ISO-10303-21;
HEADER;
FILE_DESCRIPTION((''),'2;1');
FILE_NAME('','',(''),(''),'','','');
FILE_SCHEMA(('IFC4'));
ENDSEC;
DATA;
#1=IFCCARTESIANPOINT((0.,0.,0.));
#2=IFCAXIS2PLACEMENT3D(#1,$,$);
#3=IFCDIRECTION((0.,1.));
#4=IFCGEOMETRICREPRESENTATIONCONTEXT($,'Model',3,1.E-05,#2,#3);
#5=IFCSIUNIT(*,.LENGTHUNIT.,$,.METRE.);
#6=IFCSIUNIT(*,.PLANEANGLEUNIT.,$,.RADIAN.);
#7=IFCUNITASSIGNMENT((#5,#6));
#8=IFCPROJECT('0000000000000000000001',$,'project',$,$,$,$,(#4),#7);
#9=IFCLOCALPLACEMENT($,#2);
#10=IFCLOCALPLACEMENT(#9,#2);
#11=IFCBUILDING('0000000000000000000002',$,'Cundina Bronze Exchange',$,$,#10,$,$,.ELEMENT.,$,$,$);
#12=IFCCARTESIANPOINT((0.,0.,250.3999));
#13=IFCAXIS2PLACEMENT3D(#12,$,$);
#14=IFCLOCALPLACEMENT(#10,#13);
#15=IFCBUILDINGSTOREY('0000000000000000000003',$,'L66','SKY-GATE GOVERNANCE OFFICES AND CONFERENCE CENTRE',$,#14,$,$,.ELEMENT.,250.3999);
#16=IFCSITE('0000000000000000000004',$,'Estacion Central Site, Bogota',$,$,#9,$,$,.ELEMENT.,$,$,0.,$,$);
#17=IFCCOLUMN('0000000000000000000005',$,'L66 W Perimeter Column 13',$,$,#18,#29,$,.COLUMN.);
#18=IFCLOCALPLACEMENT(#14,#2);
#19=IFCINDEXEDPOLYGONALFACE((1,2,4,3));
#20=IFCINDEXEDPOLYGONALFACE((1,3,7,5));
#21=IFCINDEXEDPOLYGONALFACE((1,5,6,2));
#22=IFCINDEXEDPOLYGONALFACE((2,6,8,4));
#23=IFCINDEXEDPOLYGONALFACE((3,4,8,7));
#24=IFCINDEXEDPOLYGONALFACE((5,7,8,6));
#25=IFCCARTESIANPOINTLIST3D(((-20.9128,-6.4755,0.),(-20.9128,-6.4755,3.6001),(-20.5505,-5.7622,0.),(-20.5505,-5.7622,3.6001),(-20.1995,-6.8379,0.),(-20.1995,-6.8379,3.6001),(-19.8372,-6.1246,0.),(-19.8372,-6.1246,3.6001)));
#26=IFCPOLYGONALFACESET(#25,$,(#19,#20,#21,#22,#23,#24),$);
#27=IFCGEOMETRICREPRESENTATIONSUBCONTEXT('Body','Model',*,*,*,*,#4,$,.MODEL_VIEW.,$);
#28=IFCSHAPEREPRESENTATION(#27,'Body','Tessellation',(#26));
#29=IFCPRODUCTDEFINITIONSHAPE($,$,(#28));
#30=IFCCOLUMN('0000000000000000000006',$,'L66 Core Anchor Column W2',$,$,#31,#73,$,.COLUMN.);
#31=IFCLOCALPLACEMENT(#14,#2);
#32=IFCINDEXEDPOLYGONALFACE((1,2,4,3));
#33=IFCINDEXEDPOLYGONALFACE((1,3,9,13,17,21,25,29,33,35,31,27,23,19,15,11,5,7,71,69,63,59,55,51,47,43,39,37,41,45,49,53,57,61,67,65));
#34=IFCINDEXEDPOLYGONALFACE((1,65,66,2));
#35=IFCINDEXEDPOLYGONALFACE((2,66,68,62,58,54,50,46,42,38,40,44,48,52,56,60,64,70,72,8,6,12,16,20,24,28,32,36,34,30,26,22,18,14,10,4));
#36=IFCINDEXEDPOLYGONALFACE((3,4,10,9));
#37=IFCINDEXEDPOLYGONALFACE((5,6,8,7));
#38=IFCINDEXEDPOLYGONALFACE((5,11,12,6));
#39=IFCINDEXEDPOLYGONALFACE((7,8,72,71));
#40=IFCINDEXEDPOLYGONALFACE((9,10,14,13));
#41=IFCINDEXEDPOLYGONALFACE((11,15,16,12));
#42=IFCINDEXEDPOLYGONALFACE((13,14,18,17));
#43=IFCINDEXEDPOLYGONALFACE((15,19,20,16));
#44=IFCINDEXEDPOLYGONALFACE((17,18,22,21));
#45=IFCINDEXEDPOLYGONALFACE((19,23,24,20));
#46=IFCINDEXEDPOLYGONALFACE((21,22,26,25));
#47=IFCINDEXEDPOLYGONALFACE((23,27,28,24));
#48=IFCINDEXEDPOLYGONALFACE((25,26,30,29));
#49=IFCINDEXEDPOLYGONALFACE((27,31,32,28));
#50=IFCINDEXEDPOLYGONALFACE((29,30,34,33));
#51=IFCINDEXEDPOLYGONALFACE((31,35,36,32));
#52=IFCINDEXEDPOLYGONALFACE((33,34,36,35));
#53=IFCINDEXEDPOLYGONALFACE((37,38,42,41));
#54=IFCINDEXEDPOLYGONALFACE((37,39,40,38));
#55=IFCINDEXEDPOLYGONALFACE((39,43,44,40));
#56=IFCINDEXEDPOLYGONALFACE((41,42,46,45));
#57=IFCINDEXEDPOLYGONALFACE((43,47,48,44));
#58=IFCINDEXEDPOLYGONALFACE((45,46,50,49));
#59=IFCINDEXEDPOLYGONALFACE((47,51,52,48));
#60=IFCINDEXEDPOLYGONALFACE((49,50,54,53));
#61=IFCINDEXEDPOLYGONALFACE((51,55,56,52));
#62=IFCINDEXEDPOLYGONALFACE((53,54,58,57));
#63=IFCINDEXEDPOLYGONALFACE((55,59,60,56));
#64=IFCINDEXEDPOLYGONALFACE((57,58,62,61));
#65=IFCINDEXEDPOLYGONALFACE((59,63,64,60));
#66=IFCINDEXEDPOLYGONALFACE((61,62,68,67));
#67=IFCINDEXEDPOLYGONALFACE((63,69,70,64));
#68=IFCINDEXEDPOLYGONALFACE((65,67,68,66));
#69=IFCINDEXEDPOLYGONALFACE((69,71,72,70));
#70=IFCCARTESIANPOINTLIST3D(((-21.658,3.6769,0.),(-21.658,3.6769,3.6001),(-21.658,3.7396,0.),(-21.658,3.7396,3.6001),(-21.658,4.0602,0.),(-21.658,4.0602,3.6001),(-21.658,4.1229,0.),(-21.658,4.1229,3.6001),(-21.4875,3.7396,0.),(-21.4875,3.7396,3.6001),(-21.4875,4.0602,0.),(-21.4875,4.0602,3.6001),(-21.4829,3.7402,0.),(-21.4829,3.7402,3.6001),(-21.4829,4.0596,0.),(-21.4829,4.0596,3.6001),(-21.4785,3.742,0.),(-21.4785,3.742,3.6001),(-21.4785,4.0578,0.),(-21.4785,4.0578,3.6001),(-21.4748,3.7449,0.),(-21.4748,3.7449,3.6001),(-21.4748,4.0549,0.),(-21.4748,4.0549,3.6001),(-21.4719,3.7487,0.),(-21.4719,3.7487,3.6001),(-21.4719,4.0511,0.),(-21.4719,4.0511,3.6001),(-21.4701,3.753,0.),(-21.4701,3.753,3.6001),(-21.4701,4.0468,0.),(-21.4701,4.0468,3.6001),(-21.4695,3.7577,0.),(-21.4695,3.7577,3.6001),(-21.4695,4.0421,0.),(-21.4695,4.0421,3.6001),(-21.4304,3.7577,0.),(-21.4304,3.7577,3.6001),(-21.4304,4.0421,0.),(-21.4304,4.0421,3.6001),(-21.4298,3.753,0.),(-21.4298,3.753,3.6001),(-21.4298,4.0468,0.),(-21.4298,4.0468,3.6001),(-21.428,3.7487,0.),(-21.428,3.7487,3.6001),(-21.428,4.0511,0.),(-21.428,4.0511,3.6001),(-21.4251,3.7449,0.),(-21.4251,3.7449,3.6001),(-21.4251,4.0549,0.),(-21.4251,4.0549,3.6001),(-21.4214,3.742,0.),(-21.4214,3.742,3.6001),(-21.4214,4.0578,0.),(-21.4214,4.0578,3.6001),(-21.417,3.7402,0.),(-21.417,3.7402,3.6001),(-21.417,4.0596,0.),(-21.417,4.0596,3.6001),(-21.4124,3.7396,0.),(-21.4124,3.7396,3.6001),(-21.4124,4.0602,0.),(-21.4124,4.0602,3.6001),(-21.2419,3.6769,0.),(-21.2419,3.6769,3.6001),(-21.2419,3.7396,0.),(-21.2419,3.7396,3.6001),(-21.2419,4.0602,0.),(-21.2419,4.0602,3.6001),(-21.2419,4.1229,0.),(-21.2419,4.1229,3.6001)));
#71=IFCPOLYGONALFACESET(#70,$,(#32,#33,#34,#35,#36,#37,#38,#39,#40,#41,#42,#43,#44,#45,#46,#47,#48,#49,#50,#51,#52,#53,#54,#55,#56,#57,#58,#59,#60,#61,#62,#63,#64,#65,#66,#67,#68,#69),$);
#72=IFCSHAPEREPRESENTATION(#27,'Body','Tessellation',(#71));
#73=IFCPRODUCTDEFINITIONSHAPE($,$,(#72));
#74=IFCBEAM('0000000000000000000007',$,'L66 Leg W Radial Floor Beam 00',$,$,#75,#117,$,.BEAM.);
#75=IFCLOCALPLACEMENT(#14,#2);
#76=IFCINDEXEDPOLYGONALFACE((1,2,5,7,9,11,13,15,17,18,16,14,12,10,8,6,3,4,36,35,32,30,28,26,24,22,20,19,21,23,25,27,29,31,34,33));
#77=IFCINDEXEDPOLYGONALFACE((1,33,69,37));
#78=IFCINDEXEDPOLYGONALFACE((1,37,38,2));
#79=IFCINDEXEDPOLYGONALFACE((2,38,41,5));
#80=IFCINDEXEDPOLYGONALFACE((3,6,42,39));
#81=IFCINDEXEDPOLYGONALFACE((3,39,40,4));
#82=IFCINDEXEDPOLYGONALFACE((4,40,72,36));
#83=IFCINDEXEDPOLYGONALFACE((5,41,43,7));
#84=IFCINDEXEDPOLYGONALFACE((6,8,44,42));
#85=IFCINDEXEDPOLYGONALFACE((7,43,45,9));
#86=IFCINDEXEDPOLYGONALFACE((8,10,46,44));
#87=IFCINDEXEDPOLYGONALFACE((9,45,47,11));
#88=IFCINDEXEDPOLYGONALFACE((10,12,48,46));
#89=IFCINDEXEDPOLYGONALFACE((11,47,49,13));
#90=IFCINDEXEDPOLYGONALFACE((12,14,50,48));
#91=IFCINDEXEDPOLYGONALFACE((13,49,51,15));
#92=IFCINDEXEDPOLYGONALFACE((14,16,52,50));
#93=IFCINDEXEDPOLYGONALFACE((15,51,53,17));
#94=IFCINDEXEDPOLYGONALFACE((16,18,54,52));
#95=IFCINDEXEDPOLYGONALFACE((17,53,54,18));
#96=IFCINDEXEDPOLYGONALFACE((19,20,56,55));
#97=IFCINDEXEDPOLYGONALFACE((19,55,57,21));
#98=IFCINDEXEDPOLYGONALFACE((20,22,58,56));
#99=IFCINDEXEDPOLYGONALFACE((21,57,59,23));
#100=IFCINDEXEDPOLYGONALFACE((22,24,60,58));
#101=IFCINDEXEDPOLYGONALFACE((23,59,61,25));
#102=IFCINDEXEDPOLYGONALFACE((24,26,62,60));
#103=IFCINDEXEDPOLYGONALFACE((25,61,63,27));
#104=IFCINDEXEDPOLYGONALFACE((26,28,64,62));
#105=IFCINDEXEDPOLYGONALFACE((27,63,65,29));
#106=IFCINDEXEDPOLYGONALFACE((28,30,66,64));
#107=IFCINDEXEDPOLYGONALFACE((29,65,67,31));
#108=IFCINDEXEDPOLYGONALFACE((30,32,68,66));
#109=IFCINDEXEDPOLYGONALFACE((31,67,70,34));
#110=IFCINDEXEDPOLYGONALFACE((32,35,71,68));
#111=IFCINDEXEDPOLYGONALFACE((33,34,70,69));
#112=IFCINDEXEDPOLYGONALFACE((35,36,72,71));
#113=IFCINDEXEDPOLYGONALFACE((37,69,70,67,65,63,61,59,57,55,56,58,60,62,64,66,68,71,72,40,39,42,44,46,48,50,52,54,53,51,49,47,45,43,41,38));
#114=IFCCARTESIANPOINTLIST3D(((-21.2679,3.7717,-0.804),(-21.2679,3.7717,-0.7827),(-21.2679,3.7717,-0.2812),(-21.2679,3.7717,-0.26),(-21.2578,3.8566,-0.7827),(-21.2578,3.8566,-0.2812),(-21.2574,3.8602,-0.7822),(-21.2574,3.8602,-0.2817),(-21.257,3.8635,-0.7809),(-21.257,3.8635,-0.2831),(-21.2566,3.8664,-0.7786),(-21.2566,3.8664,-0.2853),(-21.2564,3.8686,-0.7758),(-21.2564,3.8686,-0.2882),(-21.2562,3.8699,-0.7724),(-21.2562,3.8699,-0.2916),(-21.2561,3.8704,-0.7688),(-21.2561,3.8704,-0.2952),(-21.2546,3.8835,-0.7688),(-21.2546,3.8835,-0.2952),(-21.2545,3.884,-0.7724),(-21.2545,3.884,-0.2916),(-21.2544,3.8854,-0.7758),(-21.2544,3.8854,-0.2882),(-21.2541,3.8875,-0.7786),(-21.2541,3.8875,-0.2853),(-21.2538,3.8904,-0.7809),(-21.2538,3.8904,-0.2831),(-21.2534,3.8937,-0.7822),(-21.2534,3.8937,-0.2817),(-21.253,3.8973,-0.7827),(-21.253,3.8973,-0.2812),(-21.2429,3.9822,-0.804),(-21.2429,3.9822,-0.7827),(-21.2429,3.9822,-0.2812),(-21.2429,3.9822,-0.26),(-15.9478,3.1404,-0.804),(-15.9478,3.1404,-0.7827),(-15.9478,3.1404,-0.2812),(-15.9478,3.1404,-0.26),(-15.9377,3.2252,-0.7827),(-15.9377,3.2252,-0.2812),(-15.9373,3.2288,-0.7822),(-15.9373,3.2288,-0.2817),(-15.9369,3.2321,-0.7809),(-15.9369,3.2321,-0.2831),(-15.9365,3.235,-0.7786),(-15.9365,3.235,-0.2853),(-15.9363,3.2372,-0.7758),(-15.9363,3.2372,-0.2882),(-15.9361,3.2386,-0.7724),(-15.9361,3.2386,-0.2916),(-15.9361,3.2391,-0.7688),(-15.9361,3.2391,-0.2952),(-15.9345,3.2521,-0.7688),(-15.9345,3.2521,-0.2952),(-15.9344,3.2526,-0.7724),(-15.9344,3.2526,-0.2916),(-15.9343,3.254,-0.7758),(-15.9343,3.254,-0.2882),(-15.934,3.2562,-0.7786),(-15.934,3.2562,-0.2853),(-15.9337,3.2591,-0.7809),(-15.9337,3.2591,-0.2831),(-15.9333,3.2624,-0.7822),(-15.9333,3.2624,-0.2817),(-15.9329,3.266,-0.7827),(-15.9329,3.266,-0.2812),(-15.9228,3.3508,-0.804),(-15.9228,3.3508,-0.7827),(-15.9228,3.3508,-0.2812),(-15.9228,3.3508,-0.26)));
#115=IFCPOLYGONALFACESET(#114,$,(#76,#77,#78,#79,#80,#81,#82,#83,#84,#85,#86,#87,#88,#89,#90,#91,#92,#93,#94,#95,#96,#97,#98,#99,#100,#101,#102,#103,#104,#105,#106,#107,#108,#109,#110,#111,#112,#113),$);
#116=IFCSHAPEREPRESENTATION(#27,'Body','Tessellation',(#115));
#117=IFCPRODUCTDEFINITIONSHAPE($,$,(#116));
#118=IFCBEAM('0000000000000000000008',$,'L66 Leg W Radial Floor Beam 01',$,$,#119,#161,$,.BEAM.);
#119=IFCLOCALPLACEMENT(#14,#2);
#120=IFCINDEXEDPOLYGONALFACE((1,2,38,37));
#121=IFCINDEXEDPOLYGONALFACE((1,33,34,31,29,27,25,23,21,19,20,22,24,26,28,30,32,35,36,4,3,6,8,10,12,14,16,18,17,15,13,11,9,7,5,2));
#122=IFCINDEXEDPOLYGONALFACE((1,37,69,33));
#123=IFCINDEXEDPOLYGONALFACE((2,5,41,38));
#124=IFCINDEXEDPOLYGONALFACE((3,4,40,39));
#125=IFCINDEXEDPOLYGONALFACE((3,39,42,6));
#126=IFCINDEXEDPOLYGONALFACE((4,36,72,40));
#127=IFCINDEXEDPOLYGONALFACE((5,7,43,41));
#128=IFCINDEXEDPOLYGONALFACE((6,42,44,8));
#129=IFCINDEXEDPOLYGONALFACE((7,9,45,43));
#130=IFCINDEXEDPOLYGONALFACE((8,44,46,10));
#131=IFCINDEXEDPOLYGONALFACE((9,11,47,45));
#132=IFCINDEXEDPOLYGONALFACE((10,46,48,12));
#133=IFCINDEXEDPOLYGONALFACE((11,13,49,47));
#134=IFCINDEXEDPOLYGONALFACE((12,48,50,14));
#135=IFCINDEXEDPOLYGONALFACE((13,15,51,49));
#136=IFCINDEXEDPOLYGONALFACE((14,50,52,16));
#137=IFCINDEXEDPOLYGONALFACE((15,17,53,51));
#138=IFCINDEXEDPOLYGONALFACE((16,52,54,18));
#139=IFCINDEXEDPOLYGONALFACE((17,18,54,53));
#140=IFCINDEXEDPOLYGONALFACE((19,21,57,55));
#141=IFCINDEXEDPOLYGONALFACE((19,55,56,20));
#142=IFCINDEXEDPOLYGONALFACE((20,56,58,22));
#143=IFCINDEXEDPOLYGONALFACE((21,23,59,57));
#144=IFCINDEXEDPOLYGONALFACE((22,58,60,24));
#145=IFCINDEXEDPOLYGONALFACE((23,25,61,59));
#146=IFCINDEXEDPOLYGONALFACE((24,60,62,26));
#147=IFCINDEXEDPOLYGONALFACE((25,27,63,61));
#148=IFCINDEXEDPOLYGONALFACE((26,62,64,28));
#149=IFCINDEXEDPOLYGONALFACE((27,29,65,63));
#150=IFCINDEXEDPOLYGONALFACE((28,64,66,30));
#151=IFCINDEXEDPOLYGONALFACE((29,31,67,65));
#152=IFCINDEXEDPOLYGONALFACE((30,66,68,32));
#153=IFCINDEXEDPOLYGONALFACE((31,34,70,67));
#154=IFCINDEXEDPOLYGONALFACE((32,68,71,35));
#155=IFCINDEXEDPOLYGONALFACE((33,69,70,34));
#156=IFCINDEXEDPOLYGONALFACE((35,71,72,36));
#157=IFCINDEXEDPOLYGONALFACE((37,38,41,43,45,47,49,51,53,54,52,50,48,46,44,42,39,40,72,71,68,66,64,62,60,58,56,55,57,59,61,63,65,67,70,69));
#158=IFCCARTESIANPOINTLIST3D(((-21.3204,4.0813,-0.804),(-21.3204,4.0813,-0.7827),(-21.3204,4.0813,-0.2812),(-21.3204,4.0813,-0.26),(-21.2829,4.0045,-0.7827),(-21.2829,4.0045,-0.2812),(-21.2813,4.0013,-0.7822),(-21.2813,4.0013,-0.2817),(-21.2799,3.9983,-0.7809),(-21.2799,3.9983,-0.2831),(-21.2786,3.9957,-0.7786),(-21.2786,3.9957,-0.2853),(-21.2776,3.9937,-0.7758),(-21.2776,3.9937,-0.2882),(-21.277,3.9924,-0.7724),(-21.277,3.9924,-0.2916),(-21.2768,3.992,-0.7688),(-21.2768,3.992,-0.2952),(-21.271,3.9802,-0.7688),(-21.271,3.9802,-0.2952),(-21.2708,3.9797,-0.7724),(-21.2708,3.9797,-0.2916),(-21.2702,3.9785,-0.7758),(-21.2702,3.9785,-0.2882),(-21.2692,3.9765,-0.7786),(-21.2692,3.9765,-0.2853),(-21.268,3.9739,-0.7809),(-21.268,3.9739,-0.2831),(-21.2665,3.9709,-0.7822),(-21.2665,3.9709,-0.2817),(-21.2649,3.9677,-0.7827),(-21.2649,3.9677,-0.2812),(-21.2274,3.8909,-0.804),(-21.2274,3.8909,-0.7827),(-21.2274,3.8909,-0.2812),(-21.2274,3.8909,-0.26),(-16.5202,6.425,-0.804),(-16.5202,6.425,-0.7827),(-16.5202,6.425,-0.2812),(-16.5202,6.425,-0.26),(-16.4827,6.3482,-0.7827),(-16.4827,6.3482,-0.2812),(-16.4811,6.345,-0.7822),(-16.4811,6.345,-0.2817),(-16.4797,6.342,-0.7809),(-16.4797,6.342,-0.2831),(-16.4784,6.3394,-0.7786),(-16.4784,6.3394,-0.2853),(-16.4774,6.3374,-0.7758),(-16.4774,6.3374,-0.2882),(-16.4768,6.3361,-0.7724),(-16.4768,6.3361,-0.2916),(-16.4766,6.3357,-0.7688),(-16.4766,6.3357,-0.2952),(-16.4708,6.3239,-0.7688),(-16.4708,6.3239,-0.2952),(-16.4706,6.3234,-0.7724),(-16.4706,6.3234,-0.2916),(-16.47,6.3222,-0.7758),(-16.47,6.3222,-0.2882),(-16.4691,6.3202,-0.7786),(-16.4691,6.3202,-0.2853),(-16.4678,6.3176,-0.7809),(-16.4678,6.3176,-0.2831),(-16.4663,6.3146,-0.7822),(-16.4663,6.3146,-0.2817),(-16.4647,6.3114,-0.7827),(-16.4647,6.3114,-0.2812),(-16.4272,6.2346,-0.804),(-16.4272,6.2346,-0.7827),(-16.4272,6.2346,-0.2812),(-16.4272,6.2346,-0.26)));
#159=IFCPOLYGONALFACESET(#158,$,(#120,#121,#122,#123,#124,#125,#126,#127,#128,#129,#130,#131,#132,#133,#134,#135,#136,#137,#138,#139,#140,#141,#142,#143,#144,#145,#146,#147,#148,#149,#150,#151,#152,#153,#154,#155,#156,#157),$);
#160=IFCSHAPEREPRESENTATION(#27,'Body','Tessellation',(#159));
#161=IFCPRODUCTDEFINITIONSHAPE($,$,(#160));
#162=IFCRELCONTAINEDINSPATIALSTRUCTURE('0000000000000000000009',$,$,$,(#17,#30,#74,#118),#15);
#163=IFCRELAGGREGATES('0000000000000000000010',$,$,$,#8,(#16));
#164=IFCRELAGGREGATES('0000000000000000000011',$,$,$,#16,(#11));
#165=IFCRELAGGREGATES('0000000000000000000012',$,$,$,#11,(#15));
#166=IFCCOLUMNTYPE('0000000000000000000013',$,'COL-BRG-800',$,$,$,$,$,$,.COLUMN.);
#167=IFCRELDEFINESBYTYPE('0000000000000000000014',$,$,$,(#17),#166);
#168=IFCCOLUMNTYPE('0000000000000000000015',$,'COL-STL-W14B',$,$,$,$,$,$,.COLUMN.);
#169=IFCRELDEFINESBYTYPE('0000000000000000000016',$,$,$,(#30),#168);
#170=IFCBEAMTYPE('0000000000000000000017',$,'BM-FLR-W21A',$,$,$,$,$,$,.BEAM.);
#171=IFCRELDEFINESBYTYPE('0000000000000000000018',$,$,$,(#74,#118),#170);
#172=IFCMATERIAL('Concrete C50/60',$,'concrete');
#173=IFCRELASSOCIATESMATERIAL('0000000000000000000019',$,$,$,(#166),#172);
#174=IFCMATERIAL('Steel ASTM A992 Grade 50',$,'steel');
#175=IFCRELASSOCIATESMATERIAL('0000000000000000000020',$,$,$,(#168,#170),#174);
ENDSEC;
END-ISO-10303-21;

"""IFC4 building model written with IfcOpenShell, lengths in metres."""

from ifc_helpers import new_model, si_unit, direction, frame, origin, origin_2d, place, context, subcontext, project, spatial, rectangle, i_section, extrude, material, material_profile, profile_set, type_object, element, save


model = new_model("IFC4")

# Units and contexts
model_context = context("Model", 3, precision=1e-05, world=origin(), true_north=direction((0.0, 1.0)))
body_context = subcontext(model_context, "Body", "Model", "MODEL_VIEW")
ifc_project = project(units=[si_unit("LENGTHUNIT", "METRE"), si_unit("PLANEANGLEUNIT", "RADIAN")], contexts=[model_context])

# Site, building, storey
site_placement = place(None, origin())
site = spatial("IfcSite", under=ifc_project, at=site_placement, Name="Estacion Central Site, Bogota", CompositionType="ELEMENT", RefElevation=0.0)
building_placement = place(site_placement, origin())
building = spatial("IfcBuilding", under=site, at=building_placement, Name="Cundina Bronze Exchange", CompositionType="ELEMENT")
storey_placement = place(building_placement, frame((0.0, 0.0, 250.3999)))
storey = spatial("IfcBuildingStorey", under=building, at=storey_placement, Name="L66", Description="SKY-GATE GOVERNANCE OFFICES AND CONFERENCE CENTRE", CompositionType="ELEMENT", Elevation=250.3999)

# Columns
ifc_material_1 = material(Name="Concrete C50/60", Category="concrete")
ifc_material_profile_1 = material_profile(ifc_material_1, rectangle(XDim=0.8, YDim=0.8, at=origin_2d()), Name="RC800X800", Category="concrete")
ifc_profile_set_1 = profile_set([ifc_material_profile_1], Name="Concrete C50/60")
column_type_1 = type_object("IfcColumnType", Name="COL-BRG-800", PredefinedType="COLUMN", material=ifc_profile_set_1)
column_1_placement = place(storey_placement, frame((-20.375, -6.3, 0.0), z_axis=(0.0, 0.0, 1.0), x_axis=(0.452902, 0.891561, 0.0)))
element("IfcColumn", 1, at=column_1_placement, inside=storey, type_object=column_type_1, Name="L66 W Perimeter Column 13", PredefinedType="COLUMN", context=body_context, shape_type="SweptSolid", body=[
    extrude(rectangle(XDim=0.8, YDim=0.8, at=origin_2d()), origin(), (0.0, 0.0, 1.0), 3.6001),
])
ifc_material_2 = material(Name="Steel ASTM A992 Grade 50", Category="steel")
ifc_material_profile_2 = material_profile(ifc_material_2, i_section(OverallWidth=0.416, OverallDepth=0.446, WebThickness=0.0391, FlangeThickness=0.0627, FilletRadius=0.0181, at=origin_2d()), Name="W14X342", Category="steel")
ifc_profile_set_2 = profile_set([ifc_material_profile_2], Name="Steel ASTM A992 Grade 50")
column_type_2 = type_object("IfcColumnType", Name="COL-STL-W14B", PredefinedType="COLUMN", material=ifc_profile_set_2)
column_2_placement = place(storey_placement, frame((-21.45, 3.8999, 0.0), z_axis=(0.0, 0.0, 1.0), x_axis=(1.0, 0.0, 0.0)))
element("IfcColumn", 2, at=column_2_placement, inside=storey, type_object=column_type_2, Name="L66 Core Anchor Column W2", PredefinedType="COLUMN", context=body_context, shape_type="SweptSolid", body=[
    extrude(i_section(OverallWidth=0.416, OverallDepth=0.446, WebThickness=0.0391, FlangeThickness=0.0627, FilletRadius=0.0181, at=origin_2d()), origin(), (0.0, 0.0, 1.0), 3.6001),
])

# Beams
ifc_material_profile_3 = material_profile(ifc_material_2, i_section(OverallWidth=0.2119, OverallDepth=0.5439, WebThickness=0.0132, FlangeThickness=0.0212, FilletRadius=0.0139, at=origin_2d()), Name="W21X83", Category="steel")
ifc_profile_set_3 = profile_set([ifc_material_profile_3], Name="Steel ASTM A992 Grade 50")
beam_type_1 = type_object("IfcBeamType", Name="BM-FLR-W21A", PredefinedType="BEAM", material=ifc_profile_set_3)
beam_1_placement = place(storey_placement, frame((-21.2554, 3.877, -0.532), z_axis=(0.993032, -0.117846, 0.0), x_axis=(0.117846, 0.993032, 0.0)))
element("IfcBeam", 3, at=beam_1_placement, inside=storey, type_object=beam_type_1, Name="L66 Leg W Radial Floor Beam 00", PredefinedType="BEAM", context=body_context, shape_type="SweptSolid", body=[
    extrude(i_section(OverallWidth=0.2119, OverallDepth=0.5439, WebThickness=0.0132, FlangeThickness=0.0212, FilletRadius=0.0139, at=origin_2d()), origin(), (0.0, 0.0, 1.0), 5.3574),
])
beam_2_placement = place(storey_placement, frame((-21.2739, 3.9861, -0.532), z_axis=(0.89861, 0.438748, 0.0), x_axis=(-0.438748, 0.89861, 0.0)))
element("IfcBeam", 4, at=beam_2_placement, inside=storey, type_object=beam_type_1, Name="L66 Leg W Radial Floor Beam 01", PredefinedType="BEAM", context=body_context, shape_type="SweptSolid", body=[
    extrude(i_section(OverallWidth=0.2119, OverallDepth=0.5439, WebThickness=0.0132, FlangeThickness=0.0212, FilletRadius=0.0139, at=origin_2d()), origin(), (0.0, 0.0, 1.0), 5.3418),
])

save(model, "model.ifc")
